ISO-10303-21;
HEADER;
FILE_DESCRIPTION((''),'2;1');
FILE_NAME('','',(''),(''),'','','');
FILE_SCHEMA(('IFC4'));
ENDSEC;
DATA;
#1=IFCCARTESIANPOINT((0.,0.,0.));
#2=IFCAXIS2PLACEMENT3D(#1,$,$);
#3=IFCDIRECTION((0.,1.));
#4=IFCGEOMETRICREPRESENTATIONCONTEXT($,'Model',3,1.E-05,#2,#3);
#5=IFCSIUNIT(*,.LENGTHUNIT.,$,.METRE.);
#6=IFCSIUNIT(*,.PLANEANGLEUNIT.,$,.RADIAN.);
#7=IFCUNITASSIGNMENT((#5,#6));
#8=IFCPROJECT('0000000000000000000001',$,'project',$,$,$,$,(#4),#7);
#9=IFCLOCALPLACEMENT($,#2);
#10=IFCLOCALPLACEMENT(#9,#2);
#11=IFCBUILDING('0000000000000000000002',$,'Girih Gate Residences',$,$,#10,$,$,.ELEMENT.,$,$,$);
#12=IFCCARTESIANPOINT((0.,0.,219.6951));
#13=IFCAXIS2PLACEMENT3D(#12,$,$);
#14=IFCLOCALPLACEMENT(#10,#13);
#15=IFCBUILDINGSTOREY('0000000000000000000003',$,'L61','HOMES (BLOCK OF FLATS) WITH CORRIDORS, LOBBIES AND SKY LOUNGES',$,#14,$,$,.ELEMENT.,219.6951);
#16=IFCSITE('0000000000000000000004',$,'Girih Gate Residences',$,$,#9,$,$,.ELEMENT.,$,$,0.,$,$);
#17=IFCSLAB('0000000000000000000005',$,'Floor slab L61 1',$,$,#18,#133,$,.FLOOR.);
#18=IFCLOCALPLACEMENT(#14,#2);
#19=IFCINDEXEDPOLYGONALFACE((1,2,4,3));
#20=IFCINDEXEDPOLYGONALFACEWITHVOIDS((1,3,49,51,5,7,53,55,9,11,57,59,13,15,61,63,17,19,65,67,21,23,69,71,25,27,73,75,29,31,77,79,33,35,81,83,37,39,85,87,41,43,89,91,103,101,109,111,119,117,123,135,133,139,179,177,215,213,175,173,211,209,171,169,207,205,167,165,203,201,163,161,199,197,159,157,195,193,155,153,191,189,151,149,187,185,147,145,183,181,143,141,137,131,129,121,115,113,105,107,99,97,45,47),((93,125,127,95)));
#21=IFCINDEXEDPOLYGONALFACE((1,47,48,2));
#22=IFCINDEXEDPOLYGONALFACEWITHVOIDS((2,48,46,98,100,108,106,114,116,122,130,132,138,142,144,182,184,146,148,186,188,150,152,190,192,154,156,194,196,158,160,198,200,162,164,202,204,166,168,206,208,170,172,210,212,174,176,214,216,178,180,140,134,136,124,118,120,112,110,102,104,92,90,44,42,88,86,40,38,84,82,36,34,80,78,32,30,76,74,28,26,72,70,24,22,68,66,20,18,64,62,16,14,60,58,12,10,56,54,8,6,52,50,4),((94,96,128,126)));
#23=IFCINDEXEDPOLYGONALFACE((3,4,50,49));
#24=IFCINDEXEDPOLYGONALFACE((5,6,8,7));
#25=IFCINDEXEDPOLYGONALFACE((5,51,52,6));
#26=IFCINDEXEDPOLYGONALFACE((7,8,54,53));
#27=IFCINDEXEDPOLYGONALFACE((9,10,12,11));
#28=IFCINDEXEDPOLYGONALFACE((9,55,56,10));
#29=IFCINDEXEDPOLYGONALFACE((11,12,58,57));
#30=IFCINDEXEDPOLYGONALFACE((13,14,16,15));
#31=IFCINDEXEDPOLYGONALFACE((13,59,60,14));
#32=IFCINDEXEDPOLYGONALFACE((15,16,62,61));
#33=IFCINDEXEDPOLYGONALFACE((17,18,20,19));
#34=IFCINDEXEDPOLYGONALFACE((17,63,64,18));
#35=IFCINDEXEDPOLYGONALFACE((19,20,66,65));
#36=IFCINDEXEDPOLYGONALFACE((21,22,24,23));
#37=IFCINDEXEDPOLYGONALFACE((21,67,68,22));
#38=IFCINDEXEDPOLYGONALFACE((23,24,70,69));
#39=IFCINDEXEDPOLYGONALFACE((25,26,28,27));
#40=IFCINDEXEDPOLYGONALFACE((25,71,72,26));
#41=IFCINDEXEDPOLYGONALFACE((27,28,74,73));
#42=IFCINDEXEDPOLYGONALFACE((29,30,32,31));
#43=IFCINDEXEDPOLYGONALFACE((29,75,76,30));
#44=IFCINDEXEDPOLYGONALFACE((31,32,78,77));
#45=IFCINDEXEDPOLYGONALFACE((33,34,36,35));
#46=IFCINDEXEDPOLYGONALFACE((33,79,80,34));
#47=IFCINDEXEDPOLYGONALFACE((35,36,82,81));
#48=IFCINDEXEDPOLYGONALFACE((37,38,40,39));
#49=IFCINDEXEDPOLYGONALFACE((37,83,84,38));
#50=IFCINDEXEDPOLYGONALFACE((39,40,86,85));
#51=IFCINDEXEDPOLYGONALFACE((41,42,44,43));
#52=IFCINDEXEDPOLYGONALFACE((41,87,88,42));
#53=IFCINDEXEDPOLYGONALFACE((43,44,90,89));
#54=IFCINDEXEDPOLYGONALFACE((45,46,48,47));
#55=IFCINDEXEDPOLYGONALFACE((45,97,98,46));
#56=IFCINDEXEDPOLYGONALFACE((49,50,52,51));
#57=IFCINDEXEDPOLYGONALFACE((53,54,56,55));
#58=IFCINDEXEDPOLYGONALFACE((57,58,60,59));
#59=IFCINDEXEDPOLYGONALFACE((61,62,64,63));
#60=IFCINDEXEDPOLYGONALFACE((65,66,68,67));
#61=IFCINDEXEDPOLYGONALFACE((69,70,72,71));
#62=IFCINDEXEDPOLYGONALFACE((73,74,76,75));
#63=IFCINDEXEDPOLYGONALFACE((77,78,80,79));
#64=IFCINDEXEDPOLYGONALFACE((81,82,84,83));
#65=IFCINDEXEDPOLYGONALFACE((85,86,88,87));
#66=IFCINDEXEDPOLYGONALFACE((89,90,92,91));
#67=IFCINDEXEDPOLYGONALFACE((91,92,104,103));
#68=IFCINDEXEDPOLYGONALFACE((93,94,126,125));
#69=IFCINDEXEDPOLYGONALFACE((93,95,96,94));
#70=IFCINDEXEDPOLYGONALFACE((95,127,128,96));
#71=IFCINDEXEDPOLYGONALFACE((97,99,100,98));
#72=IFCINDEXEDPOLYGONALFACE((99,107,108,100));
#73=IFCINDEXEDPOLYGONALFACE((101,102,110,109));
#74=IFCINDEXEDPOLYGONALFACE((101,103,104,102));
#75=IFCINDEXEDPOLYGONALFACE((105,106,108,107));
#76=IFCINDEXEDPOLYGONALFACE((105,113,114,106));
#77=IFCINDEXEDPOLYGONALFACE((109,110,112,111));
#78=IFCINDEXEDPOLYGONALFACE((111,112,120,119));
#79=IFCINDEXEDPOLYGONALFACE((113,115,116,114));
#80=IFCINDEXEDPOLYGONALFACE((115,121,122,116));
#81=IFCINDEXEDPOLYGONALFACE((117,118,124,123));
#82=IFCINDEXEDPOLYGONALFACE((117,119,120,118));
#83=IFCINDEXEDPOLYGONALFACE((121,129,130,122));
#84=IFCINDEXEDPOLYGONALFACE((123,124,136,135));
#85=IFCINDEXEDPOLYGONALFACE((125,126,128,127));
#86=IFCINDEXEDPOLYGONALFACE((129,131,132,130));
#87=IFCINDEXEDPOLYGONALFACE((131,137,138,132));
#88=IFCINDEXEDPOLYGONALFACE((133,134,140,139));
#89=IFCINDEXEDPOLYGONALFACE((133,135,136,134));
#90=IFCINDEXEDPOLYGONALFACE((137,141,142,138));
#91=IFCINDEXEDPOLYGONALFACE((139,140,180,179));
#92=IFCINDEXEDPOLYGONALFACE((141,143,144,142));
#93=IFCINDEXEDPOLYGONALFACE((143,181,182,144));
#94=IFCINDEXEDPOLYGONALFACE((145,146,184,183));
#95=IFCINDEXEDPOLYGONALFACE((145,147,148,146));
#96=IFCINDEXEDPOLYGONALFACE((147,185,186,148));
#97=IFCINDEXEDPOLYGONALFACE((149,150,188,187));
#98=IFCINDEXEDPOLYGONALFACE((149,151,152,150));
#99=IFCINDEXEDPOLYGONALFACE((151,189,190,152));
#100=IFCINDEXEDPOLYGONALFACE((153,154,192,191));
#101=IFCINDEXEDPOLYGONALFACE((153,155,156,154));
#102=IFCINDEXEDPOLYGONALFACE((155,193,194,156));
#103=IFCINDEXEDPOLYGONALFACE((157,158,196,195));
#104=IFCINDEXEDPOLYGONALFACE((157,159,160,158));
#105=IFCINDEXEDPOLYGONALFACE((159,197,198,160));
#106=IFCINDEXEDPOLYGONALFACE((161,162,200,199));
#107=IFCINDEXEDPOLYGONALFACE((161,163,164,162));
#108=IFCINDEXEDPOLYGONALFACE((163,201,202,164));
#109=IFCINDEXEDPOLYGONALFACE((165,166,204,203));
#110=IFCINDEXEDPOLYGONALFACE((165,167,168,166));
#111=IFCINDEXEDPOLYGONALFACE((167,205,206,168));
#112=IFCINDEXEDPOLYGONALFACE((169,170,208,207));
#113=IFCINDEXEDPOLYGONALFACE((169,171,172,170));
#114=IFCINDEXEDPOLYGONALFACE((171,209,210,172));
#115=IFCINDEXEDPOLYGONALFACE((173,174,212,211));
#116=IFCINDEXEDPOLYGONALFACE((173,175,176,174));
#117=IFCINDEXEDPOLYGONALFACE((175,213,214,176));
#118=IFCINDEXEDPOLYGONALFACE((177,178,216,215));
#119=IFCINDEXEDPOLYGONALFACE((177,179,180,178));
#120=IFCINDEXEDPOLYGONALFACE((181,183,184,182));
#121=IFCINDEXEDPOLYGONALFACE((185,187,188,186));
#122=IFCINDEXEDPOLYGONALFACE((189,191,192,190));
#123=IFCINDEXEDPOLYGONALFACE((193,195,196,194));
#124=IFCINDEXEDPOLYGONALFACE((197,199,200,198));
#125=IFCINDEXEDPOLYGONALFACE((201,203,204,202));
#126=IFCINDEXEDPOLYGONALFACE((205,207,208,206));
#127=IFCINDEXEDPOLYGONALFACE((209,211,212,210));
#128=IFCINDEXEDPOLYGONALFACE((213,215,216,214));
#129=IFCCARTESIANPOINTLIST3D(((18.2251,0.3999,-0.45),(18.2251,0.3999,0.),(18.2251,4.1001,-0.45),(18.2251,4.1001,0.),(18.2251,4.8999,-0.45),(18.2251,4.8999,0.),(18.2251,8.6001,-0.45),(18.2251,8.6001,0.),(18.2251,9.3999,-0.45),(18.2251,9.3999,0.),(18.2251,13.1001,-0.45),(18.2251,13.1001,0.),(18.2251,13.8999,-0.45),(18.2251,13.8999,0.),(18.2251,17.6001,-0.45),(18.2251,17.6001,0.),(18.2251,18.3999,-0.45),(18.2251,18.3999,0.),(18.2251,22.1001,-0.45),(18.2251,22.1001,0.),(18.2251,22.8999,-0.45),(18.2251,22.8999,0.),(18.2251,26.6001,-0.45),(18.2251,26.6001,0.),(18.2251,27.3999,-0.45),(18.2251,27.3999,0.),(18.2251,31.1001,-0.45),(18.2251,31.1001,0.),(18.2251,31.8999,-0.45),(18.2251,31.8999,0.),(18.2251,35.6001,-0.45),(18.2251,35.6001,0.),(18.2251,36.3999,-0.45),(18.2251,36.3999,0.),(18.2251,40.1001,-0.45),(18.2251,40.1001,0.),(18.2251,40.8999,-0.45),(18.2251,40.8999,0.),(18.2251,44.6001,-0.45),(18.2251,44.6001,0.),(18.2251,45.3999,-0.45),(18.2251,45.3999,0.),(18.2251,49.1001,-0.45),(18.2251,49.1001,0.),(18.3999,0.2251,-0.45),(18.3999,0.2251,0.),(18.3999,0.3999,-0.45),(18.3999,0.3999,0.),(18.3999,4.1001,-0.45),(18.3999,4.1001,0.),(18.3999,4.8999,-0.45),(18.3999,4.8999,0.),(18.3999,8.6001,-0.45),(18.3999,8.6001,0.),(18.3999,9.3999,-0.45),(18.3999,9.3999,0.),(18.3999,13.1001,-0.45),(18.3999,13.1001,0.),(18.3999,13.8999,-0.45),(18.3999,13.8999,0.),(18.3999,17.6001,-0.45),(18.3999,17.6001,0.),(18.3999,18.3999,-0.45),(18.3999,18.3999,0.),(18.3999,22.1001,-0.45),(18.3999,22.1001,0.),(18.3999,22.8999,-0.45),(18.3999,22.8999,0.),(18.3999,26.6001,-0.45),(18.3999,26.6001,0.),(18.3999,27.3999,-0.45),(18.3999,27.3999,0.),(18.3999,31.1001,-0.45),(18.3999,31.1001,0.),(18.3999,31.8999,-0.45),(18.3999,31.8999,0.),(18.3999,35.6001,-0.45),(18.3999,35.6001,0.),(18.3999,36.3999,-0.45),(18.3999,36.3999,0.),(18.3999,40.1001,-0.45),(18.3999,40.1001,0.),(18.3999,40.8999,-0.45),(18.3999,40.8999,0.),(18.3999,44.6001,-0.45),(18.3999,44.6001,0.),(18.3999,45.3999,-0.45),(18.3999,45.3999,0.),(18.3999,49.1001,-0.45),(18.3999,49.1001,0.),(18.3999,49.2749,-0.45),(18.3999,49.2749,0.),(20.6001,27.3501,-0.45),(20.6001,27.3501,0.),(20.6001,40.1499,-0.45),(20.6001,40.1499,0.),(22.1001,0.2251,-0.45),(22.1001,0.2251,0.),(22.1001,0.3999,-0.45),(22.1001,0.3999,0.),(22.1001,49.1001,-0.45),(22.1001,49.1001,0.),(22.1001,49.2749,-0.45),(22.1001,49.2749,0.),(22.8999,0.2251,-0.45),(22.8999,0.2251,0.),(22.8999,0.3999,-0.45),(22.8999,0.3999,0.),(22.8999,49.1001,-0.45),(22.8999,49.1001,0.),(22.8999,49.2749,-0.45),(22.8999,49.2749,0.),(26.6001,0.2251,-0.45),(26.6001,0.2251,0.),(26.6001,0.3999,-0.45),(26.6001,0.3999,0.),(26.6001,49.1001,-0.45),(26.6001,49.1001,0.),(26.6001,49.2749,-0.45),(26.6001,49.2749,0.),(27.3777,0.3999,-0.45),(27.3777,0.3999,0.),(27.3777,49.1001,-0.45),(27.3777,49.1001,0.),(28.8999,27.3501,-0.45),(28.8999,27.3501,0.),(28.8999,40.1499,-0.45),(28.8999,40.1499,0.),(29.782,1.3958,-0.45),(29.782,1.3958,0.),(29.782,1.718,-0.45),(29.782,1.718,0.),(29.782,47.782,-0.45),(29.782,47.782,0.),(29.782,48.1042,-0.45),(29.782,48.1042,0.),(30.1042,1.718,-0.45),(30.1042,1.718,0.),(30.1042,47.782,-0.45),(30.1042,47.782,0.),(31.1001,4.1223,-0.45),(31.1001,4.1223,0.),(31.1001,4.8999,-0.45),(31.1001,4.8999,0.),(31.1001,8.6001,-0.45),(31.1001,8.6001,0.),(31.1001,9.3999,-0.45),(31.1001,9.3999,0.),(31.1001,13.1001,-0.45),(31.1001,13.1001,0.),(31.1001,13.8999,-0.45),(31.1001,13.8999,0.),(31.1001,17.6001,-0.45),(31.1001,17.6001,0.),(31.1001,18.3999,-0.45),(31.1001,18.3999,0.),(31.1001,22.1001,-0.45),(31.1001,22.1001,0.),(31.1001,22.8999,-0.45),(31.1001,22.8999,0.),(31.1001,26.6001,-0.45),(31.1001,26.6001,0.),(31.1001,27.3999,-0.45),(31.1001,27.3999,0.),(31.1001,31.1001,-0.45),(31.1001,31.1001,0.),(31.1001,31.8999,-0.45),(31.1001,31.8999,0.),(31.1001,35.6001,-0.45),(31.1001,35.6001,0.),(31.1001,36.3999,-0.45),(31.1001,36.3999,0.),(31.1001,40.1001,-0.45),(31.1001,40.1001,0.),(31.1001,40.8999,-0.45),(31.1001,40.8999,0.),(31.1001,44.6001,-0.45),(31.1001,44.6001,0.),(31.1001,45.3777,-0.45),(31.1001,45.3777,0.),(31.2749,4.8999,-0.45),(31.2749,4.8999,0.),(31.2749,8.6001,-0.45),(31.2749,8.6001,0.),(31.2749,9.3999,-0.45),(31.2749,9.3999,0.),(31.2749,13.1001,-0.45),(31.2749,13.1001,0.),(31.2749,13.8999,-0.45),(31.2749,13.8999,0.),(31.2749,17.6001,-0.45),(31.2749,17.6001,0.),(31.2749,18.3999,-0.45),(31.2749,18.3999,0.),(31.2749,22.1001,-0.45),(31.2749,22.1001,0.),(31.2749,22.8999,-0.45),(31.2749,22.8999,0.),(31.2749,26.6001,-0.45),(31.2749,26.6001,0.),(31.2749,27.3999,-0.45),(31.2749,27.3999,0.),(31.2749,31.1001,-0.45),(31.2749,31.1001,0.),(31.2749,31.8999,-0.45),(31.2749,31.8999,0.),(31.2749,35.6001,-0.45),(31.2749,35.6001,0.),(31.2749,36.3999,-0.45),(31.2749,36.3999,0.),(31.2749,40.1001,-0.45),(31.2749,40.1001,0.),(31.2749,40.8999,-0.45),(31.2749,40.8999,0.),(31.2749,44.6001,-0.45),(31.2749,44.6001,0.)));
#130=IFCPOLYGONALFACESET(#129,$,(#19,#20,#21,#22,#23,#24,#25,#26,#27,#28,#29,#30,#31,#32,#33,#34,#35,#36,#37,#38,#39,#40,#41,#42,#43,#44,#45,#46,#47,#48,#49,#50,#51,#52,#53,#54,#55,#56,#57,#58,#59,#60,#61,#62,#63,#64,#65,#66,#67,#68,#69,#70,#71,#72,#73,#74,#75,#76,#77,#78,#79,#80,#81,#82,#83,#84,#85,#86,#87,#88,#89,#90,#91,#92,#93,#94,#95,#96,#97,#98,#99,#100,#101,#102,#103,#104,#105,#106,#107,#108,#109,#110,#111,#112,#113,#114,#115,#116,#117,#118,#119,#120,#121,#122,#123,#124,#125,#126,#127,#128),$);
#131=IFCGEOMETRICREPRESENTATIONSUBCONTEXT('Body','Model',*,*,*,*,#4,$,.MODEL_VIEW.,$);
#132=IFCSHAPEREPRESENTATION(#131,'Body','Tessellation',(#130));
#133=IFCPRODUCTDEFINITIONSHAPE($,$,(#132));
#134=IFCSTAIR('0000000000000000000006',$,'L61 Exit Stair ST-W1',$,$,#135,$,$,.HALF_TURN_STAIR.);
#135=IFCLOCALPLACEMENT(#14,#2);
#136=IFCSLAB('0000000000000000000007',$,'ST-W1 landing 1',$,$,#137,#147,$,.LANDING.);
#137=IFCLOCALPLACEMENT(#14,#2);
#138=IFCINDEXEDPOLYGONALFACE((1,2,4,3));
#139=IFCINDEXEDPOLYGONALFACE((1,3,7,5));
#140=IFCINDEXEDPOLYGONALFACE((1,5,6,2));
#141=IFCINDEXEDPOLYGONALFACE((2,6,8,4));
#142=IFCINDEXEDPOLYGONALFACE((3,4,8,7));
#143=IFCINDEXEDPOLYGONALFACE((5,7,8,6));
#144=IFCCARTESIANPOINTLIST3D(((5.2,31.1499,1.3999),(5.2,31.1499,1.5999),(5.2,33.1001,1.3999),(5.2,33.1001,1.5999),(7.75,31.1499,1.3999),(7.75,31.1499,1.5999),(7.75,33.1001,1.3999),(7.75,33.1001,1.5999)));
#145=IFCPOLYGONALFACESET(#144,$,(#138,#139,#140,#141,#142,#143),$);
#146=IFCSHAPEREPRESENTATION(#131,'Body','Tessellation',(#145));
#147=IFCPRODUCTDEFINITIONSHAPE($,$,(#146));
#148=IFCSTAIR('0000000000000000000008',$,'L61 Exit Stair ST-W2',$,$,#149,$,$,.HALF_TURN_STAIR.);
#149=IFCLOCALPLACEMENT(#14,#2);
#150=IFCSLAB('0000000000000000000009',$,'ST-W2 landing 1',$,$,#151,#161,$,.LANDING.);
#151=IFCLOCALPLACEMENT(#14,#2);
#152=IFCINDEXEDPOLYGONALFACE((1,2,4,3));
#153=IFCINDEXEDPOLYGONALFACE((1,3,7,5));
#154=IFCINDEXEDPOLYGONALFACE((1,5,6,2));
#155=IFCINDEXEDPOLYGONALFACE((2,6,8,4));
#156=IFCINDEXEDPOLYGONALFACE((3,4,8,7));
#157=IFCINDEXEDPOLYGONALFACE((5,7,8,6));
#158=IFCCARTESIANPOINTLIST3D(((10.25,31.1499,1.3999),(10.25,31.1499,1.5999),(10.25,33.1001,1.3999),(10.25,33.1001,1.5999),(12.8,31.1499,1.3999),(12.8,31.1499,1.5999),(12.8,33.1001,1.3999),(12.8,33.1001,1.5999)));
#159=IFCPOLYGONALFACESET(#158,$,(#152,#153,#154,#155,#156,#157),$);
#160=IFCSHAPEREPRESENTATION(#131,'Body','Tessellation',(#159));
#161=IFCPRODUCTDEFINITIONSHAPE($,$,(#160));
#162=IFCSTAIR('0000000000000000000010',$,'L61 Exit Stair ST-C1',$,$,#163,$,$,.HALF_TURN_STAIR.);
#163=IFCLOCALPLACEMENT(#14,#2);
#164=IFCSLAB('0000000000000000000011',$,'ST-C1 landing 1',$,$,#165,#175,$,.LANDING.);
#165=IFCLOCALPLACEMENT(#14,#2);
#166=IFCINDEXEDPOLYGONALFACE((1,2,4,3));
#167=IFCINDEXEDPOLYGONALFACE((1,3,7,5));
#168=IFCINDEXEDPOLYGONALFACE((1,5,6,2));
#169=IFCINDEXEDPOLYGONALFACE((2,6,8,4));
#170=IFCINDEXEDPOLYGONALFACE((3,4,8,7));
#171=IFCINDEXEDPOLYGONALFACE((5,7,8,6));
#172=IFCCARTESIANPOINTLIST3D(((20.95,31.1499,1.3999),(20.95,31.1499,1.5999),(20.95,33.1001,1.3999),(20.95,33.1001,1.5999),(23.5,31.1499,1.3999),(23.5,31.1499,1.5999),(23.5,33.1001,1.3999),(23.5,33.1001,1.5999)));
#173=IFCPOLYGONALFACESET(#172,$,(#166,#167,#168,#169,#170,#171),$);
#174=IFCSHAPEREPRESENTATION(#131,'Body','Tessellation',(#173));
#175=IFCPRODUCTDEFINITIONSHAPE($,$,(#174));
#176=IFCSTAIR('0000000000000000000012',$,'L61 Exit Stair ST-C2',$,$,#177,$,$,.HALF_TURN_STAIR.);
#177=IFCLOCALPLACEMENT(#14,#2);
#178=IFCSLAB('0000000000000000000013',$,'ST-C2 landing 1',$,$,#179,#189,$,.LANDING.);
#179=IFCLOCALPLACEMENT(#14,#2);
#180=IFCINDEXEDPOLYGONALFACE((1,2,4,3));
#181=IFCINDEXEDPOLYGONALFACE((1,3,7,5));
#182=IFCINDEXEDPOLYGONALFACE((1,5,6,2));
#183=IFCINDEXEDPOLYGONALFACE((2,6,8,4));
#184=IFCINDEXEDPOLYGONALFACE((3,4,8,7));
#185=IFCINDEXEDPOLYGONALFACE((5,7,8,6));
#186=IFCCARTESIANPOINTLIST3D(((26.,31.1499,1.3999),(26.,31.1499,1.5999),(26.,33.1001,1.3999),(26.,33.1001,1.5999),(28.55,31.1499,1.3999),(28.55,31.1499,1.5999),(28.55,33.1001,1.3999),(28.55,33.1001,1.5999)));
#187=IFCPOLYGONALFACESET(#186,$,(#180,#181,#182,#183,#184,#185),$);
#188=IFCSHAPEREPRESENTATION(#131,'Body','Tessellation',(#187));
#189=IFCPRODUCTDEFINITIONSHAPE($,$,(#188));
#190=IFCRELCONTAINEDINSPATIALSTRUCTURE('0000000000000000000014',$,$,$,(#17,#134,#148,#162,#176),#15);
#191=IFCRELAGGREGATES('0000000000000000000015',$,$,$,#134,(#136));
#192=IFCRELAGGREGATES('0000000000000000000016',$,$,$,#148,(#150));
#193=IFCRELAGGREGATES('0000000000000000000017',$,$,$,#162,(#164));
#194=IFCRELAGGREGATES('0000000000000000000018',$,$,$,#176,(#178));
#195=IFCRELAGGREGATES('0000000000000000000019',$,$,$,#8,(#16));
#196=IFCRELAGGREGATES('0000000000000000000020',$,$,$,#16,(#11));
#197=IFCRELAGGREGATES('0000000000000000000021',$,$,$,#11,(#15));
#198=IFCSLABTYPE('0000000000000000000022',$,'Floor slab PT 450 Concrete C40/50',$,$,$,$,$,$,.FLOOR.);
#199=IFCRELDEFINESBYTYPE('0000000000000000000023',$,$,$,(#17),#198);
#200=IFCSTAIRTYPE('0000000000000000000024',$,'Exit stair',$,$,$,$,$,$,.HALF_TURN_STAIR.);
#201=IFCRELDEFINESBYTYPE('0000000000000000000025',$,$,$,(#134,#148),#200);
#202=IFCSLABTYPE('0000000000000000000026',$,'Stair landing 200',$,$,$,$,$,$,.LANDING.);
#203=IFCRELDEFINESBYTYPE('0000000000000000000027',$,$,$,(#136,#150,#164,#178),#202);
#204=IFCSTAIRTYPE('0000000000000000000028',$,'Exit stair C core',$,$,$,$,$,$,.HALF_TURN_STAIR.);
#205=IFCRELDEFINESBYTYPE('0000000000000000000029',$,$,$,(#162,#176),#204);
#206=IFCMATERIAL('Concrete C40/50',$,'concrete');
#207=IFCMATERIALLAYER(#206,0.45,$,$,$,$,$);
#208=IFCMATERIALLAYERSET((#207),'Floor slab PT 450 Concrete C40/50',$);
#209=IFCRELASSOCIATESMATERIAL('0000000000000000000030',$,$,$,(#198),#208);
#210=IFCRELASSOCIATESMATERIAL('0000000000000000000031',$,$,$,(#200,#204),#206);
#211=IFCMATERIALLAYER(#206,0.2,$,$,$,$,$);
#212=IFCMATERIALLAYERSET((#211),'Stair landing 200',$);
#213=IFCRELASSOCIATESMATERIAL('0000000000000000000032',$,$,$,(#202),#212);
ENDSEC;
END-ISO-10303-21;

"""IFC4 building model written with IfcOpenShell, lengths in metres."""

from ifc_helpers import new_model, si_unit, direction, frame, origin, place, context, subcontext, project, spatial, polyline, outline, extrude, material, layer, layer_set, type_object, element, aggregate, save


model = new_model("IFC4")

# Units and contexts
model_context = context("Model", 3, precision=1e-05, world=origin(), true_north=direction((0.0, 1.0)))
body_context = subcontext(model_context, "Body", "Model", "MODEL_VIEW")
ifc_project = project(units=[si_unit("LENGTHUNIT", "METRE"), si_unit("PLANEANGLEUNIT", "RADIAN")], contexts=[model_context])

# Site, building, storey
site_placement = place(None, origin())
site = spatial("IfcSite", under=ifc_project, at=site_placement, Name="Girih Gate Residences", CompositionType="ELEMENT", RefElevation=0.0)
building_placement = place(site_placement, origin())
building = spatial("IfcBuilding", under=site, at=building_placement, Name="Girih Gate Residences", CompositionType="ELEMENT")
storey_placement = place(building_placement, frame((0.0, 0.0, 219.6951)))
storey = spatial("IfcBuildingStorey", under=building, at=storey_placement, Name="L61", Description="HOMES (BLOCK OF FLATS) WITH CORRIDORS, LOBBIES AND SKY LOUNGES", CompositionType="ELEMENT", Elevation=219.6951)

# Slab
ifc_material_1 = material(Name="Concrete C40/50", Category="concrete")
ifc_layer_1 = layer(ifc_material_1, 0.45)
ifc_layer_set_1 = layer_set([ifc_layer_1], Name="Floor slab PT 450 Concrete C40/50")
slab_type_1 = type_object("IfcSlabType", Name="Floor slab PT 450 Concrete C40/50", PredefinedType="FLOOR", material=ifc_layer_set_1)
slab_1_placement = place(storey_placement, frame((0.0, 0.0, -0.45)))
element("IfcSlab", 1, at=slab_1_placement, inside=storey, type_object=slab_type_1, Name="Floor slab L61 1", PredefinedType="FLOOR", context=body_context, shape_type="SweptSolid", body=[
    extrude(outline(polyline([(22.8999, 0.2251), (26.6001, 0.2251), (26.6001, 0.3999), (27.3777, 0.3999), (29.782, 1.3958), (29.782, 1.718), (30.1042, 1.718), (31.1001, 4.1223), (31.1001, 4.8999), (31.2749, 4.8999), (31.2749, 8.6001), (31.1001, 8.6001), (31.1001, 9.3999), (31.2749, 9.3999), (31.2749, 13.1001), (31.1001, 13.1001), (31.1001, 13.8999), (31.2749, 13.8999), (31.2749, 17.6001), (31.1001, 17.6001), (31.1001, 18.3999), (31.2749, 18.3999), (31.2749, 22.1001), (31.1001, 22.1001), (31.1001, 22.8999), (31.2749, 22.8999), (31.2749, 26.6001), (31.1001, 26.6001), (31.1001, 27.3999), (31.2749, 27.3999), (31.2749, 31.1001), (31.1001, 31.1001), (31.1001, 31.8999), (31.2749, 31.8999), (31.2749, 35.6001), (31.1001, 35.6001), (31.1001, 36.3999), (31.2749, 36.3999), (31.2749, 40.1001), (31.1001, 40.1001), (31.1001, 40.8999), (31.2749, 40.8999), (31.2749, 44.6001), (31.1001, 44.6001), (31.1001, 45.3777), (30.1042, 47.782), (29.782, 47.782), (29.782, 48.1042), (27.3777, 49.1001), (26.6001, 49.1001), (26.6001, 49.2749), (22.8999, 49.2749), (22.8999, 49.1001), (22.1001, 49.1001), (22.1001, 49.2749), (18.3999, 49.2749), (18.3999, 49.1001), (18.2251, 49.1001), (18.2251, 45.3999), (18.3999, 45.3999), (18.3999, 44.6001), (18.2251, 44.6001), (18.2251, 40.8999), (18.3999, 40.8999), (18.3999, 40.1001), (18.2251, 40.1001), (18.2251, 36.3999), (18.3999, 36.3999), (18.3999, 35.6001), (18.2251, 35.6001), (18.2251, 31.8999), (18.3999, 31.8999), (18.3999, 31.1001), (18.2251, 31.1001), (18.2251, 27.3999), (18.3999, 27.3999), (18.3999, 26.6001), (18.2251, 26.6001), (18.2251, 22.8999), (18.3999, 22.8999), (18.3999, 22.1001), (18.2251, 22.1001), (18.2251, 18.3999), (18.3999, 18.3999), (18.3999, 17.6001), (18.2251, 17.6001), (18.2251, 13.8999), (18.3999, 13.8999), (18.3999, 13.1001), (18.2251, 13.1001), (18.2251, 9.3999), (18.3999, 9.3999), (18.3999, 8.6001), (18.2251, 8.6001), (18.2251, 4.8999), (18.3999, 4.8999), (18.3999, 4.1001), (18.2251, 4.1001), (18.2251, 0.3999), (18.3999, 0.3999), (18.3999, 0.2251), (22.1001, 0.2251), (22.1001, 0.3999), (22.8999, 0.3999), (22.8999, 0.2251)]), holes=[polyline([(28.8999, 40.1499), (28.8999, 27.3501), (20.6001, 27.3501), (20.6001, 40.1499), (28.8999, 40.1499)])]), origin(), (0.0, 0.0, 1.0), 0.45),
])

# Stairs, slabs
stair_type_1 = type_object("IfcStairType", Name="Exit stair", PredefinedType="HALF_TURN_STAIR", material=ifc_material_1)
stair_1_placement = place(storey_placement, origin())
stair_1 = element("IfcStair", 2, at=stair_1_placement, inside=storey, type_object=stair_type_1, Name="L61 Exit Stair ST-W1", PredefinedType="HALF_TURN_STAIR")
ifc_layer_2 = layer(ifc_material_1, 0.2)
ifc_layer_set_2 = layer_set([ifc_layer_2], Name="Stair landing 200")
slab_type_2 = type_object("IfcSlabType", Name="Stair landing 200", PredefinedType="LANDING", material=ifc_layer_set_2)
slab_2_placement = place(storey_placement, frame((0.0, 0.0, 1.3999)))
slab_2 = element("IfcSlab", 3, at=slab_2_placement, type_object=slab_type_2, Name="ST-W1 landing 1", PredefinedType="LANDING", context=body_context, shape_type="SweptSolid", body=[
    extrude(outline(polyline([(7.75, 31.1499), (7.75, 33.1001), (5.2, 33.1001), (5.2, 31.1499), (7.75, 31.1499)])), origin(), (0.0, 0.0, 1.0), 0.2),
])
aggregate(stair_1, [slab_2])
stair_2_placement = place(storey_placement, origin())
stair_2 = element("IfcStair", 4, at=stair_2_placement, inside=storey, type_object=stair_type_1, Name="L61 Exit Stair ST-W2", PredefinedType="HALF_TURN_STAIR")
slab_3_placement = place(storey_placement, frame((0.0, 0.0, 1.3999)))
slab_3 = element("IfcSlab", 5, at=slab_3_placement, type_object=slab_type_2, Name="ST-W2 landing 1", PredefinedType="LANDING", context=body_context, shape_type="SweptSolid", body=[
    extrude(outline(polyline([(12.8, 31.1499), (12.8, 33.1001), (10.25, 33.1001), (10.25, 31.1499), (12.8, 31.1499)])), origin(), (0.0, 0.0, 1.0), 0.2),
])
aggregate(stair_2, [slab_3])
stair_type_2 = type_object("IfcStairType", Name="Exit stair C core", PredefinedType="HALF_TURN_STAIR", material=ifc_material_1)
stair_3_placement = place(storey_placement, origin())
stair_3 = element("IfcStair", 6, at=stair_3_placement, inside=storey, type_object=stair_type_2, Name="L61 Exit Stair ST-C1", PredefinedType="HALF_TURN_STAIR")
slab_4_placement = place(storey_placement, frame((0.0, 0.0, 1.3999)))
slab_4 = element("IfcSlab", 7, at=slab_4_placement, type_object=slab_type_2, Name="ST-C1 landing 1", PredefinedType="LANDING", context=body_context, shape_type="SweptSolid", body=[
    extrude(outline(polyline([(23.5, 31.1499), (23.5, 33.1001), (20.95, 33.1001), (20.95, 31.1499), (23.5, 31.1499)])), origin(), (0.0, 0.0, 1.0), 0.2),
])
aggregate(stair_3, [slab_4])
stair_4_placement = place(storey_placement, origin())
stair_4 = element("IfcStair", 8, at=stair_4_placement, inside=storey, type_object=stair_type_2, Name="L61 Exit Stair ST-C2", PredefinedType="HALF_TURN_STAIR")
slab_5_placement = place(storey_placement, frame((0.0, 0.0, 1.3999)))
slab_5 = element("IfcSlab", 9, at=slab_5_placement, type_object=slab_type_2, Name="ST-C2 landing 1", PredefinedType="LANDING", context=body_context, shape_type="SweptSolid", body=[
    extrude(outline(polyline([(28.55, 31.1499), (28.55, 33.1001), (26.0, 33.1001), (26.0, 31.1499), (28.55, 31.1499)])), origin(), (0.0, 0.0, 1.0), 0.2),
])
aggregate(stair_4, [slab_5])

save(model, "model.ifc")
